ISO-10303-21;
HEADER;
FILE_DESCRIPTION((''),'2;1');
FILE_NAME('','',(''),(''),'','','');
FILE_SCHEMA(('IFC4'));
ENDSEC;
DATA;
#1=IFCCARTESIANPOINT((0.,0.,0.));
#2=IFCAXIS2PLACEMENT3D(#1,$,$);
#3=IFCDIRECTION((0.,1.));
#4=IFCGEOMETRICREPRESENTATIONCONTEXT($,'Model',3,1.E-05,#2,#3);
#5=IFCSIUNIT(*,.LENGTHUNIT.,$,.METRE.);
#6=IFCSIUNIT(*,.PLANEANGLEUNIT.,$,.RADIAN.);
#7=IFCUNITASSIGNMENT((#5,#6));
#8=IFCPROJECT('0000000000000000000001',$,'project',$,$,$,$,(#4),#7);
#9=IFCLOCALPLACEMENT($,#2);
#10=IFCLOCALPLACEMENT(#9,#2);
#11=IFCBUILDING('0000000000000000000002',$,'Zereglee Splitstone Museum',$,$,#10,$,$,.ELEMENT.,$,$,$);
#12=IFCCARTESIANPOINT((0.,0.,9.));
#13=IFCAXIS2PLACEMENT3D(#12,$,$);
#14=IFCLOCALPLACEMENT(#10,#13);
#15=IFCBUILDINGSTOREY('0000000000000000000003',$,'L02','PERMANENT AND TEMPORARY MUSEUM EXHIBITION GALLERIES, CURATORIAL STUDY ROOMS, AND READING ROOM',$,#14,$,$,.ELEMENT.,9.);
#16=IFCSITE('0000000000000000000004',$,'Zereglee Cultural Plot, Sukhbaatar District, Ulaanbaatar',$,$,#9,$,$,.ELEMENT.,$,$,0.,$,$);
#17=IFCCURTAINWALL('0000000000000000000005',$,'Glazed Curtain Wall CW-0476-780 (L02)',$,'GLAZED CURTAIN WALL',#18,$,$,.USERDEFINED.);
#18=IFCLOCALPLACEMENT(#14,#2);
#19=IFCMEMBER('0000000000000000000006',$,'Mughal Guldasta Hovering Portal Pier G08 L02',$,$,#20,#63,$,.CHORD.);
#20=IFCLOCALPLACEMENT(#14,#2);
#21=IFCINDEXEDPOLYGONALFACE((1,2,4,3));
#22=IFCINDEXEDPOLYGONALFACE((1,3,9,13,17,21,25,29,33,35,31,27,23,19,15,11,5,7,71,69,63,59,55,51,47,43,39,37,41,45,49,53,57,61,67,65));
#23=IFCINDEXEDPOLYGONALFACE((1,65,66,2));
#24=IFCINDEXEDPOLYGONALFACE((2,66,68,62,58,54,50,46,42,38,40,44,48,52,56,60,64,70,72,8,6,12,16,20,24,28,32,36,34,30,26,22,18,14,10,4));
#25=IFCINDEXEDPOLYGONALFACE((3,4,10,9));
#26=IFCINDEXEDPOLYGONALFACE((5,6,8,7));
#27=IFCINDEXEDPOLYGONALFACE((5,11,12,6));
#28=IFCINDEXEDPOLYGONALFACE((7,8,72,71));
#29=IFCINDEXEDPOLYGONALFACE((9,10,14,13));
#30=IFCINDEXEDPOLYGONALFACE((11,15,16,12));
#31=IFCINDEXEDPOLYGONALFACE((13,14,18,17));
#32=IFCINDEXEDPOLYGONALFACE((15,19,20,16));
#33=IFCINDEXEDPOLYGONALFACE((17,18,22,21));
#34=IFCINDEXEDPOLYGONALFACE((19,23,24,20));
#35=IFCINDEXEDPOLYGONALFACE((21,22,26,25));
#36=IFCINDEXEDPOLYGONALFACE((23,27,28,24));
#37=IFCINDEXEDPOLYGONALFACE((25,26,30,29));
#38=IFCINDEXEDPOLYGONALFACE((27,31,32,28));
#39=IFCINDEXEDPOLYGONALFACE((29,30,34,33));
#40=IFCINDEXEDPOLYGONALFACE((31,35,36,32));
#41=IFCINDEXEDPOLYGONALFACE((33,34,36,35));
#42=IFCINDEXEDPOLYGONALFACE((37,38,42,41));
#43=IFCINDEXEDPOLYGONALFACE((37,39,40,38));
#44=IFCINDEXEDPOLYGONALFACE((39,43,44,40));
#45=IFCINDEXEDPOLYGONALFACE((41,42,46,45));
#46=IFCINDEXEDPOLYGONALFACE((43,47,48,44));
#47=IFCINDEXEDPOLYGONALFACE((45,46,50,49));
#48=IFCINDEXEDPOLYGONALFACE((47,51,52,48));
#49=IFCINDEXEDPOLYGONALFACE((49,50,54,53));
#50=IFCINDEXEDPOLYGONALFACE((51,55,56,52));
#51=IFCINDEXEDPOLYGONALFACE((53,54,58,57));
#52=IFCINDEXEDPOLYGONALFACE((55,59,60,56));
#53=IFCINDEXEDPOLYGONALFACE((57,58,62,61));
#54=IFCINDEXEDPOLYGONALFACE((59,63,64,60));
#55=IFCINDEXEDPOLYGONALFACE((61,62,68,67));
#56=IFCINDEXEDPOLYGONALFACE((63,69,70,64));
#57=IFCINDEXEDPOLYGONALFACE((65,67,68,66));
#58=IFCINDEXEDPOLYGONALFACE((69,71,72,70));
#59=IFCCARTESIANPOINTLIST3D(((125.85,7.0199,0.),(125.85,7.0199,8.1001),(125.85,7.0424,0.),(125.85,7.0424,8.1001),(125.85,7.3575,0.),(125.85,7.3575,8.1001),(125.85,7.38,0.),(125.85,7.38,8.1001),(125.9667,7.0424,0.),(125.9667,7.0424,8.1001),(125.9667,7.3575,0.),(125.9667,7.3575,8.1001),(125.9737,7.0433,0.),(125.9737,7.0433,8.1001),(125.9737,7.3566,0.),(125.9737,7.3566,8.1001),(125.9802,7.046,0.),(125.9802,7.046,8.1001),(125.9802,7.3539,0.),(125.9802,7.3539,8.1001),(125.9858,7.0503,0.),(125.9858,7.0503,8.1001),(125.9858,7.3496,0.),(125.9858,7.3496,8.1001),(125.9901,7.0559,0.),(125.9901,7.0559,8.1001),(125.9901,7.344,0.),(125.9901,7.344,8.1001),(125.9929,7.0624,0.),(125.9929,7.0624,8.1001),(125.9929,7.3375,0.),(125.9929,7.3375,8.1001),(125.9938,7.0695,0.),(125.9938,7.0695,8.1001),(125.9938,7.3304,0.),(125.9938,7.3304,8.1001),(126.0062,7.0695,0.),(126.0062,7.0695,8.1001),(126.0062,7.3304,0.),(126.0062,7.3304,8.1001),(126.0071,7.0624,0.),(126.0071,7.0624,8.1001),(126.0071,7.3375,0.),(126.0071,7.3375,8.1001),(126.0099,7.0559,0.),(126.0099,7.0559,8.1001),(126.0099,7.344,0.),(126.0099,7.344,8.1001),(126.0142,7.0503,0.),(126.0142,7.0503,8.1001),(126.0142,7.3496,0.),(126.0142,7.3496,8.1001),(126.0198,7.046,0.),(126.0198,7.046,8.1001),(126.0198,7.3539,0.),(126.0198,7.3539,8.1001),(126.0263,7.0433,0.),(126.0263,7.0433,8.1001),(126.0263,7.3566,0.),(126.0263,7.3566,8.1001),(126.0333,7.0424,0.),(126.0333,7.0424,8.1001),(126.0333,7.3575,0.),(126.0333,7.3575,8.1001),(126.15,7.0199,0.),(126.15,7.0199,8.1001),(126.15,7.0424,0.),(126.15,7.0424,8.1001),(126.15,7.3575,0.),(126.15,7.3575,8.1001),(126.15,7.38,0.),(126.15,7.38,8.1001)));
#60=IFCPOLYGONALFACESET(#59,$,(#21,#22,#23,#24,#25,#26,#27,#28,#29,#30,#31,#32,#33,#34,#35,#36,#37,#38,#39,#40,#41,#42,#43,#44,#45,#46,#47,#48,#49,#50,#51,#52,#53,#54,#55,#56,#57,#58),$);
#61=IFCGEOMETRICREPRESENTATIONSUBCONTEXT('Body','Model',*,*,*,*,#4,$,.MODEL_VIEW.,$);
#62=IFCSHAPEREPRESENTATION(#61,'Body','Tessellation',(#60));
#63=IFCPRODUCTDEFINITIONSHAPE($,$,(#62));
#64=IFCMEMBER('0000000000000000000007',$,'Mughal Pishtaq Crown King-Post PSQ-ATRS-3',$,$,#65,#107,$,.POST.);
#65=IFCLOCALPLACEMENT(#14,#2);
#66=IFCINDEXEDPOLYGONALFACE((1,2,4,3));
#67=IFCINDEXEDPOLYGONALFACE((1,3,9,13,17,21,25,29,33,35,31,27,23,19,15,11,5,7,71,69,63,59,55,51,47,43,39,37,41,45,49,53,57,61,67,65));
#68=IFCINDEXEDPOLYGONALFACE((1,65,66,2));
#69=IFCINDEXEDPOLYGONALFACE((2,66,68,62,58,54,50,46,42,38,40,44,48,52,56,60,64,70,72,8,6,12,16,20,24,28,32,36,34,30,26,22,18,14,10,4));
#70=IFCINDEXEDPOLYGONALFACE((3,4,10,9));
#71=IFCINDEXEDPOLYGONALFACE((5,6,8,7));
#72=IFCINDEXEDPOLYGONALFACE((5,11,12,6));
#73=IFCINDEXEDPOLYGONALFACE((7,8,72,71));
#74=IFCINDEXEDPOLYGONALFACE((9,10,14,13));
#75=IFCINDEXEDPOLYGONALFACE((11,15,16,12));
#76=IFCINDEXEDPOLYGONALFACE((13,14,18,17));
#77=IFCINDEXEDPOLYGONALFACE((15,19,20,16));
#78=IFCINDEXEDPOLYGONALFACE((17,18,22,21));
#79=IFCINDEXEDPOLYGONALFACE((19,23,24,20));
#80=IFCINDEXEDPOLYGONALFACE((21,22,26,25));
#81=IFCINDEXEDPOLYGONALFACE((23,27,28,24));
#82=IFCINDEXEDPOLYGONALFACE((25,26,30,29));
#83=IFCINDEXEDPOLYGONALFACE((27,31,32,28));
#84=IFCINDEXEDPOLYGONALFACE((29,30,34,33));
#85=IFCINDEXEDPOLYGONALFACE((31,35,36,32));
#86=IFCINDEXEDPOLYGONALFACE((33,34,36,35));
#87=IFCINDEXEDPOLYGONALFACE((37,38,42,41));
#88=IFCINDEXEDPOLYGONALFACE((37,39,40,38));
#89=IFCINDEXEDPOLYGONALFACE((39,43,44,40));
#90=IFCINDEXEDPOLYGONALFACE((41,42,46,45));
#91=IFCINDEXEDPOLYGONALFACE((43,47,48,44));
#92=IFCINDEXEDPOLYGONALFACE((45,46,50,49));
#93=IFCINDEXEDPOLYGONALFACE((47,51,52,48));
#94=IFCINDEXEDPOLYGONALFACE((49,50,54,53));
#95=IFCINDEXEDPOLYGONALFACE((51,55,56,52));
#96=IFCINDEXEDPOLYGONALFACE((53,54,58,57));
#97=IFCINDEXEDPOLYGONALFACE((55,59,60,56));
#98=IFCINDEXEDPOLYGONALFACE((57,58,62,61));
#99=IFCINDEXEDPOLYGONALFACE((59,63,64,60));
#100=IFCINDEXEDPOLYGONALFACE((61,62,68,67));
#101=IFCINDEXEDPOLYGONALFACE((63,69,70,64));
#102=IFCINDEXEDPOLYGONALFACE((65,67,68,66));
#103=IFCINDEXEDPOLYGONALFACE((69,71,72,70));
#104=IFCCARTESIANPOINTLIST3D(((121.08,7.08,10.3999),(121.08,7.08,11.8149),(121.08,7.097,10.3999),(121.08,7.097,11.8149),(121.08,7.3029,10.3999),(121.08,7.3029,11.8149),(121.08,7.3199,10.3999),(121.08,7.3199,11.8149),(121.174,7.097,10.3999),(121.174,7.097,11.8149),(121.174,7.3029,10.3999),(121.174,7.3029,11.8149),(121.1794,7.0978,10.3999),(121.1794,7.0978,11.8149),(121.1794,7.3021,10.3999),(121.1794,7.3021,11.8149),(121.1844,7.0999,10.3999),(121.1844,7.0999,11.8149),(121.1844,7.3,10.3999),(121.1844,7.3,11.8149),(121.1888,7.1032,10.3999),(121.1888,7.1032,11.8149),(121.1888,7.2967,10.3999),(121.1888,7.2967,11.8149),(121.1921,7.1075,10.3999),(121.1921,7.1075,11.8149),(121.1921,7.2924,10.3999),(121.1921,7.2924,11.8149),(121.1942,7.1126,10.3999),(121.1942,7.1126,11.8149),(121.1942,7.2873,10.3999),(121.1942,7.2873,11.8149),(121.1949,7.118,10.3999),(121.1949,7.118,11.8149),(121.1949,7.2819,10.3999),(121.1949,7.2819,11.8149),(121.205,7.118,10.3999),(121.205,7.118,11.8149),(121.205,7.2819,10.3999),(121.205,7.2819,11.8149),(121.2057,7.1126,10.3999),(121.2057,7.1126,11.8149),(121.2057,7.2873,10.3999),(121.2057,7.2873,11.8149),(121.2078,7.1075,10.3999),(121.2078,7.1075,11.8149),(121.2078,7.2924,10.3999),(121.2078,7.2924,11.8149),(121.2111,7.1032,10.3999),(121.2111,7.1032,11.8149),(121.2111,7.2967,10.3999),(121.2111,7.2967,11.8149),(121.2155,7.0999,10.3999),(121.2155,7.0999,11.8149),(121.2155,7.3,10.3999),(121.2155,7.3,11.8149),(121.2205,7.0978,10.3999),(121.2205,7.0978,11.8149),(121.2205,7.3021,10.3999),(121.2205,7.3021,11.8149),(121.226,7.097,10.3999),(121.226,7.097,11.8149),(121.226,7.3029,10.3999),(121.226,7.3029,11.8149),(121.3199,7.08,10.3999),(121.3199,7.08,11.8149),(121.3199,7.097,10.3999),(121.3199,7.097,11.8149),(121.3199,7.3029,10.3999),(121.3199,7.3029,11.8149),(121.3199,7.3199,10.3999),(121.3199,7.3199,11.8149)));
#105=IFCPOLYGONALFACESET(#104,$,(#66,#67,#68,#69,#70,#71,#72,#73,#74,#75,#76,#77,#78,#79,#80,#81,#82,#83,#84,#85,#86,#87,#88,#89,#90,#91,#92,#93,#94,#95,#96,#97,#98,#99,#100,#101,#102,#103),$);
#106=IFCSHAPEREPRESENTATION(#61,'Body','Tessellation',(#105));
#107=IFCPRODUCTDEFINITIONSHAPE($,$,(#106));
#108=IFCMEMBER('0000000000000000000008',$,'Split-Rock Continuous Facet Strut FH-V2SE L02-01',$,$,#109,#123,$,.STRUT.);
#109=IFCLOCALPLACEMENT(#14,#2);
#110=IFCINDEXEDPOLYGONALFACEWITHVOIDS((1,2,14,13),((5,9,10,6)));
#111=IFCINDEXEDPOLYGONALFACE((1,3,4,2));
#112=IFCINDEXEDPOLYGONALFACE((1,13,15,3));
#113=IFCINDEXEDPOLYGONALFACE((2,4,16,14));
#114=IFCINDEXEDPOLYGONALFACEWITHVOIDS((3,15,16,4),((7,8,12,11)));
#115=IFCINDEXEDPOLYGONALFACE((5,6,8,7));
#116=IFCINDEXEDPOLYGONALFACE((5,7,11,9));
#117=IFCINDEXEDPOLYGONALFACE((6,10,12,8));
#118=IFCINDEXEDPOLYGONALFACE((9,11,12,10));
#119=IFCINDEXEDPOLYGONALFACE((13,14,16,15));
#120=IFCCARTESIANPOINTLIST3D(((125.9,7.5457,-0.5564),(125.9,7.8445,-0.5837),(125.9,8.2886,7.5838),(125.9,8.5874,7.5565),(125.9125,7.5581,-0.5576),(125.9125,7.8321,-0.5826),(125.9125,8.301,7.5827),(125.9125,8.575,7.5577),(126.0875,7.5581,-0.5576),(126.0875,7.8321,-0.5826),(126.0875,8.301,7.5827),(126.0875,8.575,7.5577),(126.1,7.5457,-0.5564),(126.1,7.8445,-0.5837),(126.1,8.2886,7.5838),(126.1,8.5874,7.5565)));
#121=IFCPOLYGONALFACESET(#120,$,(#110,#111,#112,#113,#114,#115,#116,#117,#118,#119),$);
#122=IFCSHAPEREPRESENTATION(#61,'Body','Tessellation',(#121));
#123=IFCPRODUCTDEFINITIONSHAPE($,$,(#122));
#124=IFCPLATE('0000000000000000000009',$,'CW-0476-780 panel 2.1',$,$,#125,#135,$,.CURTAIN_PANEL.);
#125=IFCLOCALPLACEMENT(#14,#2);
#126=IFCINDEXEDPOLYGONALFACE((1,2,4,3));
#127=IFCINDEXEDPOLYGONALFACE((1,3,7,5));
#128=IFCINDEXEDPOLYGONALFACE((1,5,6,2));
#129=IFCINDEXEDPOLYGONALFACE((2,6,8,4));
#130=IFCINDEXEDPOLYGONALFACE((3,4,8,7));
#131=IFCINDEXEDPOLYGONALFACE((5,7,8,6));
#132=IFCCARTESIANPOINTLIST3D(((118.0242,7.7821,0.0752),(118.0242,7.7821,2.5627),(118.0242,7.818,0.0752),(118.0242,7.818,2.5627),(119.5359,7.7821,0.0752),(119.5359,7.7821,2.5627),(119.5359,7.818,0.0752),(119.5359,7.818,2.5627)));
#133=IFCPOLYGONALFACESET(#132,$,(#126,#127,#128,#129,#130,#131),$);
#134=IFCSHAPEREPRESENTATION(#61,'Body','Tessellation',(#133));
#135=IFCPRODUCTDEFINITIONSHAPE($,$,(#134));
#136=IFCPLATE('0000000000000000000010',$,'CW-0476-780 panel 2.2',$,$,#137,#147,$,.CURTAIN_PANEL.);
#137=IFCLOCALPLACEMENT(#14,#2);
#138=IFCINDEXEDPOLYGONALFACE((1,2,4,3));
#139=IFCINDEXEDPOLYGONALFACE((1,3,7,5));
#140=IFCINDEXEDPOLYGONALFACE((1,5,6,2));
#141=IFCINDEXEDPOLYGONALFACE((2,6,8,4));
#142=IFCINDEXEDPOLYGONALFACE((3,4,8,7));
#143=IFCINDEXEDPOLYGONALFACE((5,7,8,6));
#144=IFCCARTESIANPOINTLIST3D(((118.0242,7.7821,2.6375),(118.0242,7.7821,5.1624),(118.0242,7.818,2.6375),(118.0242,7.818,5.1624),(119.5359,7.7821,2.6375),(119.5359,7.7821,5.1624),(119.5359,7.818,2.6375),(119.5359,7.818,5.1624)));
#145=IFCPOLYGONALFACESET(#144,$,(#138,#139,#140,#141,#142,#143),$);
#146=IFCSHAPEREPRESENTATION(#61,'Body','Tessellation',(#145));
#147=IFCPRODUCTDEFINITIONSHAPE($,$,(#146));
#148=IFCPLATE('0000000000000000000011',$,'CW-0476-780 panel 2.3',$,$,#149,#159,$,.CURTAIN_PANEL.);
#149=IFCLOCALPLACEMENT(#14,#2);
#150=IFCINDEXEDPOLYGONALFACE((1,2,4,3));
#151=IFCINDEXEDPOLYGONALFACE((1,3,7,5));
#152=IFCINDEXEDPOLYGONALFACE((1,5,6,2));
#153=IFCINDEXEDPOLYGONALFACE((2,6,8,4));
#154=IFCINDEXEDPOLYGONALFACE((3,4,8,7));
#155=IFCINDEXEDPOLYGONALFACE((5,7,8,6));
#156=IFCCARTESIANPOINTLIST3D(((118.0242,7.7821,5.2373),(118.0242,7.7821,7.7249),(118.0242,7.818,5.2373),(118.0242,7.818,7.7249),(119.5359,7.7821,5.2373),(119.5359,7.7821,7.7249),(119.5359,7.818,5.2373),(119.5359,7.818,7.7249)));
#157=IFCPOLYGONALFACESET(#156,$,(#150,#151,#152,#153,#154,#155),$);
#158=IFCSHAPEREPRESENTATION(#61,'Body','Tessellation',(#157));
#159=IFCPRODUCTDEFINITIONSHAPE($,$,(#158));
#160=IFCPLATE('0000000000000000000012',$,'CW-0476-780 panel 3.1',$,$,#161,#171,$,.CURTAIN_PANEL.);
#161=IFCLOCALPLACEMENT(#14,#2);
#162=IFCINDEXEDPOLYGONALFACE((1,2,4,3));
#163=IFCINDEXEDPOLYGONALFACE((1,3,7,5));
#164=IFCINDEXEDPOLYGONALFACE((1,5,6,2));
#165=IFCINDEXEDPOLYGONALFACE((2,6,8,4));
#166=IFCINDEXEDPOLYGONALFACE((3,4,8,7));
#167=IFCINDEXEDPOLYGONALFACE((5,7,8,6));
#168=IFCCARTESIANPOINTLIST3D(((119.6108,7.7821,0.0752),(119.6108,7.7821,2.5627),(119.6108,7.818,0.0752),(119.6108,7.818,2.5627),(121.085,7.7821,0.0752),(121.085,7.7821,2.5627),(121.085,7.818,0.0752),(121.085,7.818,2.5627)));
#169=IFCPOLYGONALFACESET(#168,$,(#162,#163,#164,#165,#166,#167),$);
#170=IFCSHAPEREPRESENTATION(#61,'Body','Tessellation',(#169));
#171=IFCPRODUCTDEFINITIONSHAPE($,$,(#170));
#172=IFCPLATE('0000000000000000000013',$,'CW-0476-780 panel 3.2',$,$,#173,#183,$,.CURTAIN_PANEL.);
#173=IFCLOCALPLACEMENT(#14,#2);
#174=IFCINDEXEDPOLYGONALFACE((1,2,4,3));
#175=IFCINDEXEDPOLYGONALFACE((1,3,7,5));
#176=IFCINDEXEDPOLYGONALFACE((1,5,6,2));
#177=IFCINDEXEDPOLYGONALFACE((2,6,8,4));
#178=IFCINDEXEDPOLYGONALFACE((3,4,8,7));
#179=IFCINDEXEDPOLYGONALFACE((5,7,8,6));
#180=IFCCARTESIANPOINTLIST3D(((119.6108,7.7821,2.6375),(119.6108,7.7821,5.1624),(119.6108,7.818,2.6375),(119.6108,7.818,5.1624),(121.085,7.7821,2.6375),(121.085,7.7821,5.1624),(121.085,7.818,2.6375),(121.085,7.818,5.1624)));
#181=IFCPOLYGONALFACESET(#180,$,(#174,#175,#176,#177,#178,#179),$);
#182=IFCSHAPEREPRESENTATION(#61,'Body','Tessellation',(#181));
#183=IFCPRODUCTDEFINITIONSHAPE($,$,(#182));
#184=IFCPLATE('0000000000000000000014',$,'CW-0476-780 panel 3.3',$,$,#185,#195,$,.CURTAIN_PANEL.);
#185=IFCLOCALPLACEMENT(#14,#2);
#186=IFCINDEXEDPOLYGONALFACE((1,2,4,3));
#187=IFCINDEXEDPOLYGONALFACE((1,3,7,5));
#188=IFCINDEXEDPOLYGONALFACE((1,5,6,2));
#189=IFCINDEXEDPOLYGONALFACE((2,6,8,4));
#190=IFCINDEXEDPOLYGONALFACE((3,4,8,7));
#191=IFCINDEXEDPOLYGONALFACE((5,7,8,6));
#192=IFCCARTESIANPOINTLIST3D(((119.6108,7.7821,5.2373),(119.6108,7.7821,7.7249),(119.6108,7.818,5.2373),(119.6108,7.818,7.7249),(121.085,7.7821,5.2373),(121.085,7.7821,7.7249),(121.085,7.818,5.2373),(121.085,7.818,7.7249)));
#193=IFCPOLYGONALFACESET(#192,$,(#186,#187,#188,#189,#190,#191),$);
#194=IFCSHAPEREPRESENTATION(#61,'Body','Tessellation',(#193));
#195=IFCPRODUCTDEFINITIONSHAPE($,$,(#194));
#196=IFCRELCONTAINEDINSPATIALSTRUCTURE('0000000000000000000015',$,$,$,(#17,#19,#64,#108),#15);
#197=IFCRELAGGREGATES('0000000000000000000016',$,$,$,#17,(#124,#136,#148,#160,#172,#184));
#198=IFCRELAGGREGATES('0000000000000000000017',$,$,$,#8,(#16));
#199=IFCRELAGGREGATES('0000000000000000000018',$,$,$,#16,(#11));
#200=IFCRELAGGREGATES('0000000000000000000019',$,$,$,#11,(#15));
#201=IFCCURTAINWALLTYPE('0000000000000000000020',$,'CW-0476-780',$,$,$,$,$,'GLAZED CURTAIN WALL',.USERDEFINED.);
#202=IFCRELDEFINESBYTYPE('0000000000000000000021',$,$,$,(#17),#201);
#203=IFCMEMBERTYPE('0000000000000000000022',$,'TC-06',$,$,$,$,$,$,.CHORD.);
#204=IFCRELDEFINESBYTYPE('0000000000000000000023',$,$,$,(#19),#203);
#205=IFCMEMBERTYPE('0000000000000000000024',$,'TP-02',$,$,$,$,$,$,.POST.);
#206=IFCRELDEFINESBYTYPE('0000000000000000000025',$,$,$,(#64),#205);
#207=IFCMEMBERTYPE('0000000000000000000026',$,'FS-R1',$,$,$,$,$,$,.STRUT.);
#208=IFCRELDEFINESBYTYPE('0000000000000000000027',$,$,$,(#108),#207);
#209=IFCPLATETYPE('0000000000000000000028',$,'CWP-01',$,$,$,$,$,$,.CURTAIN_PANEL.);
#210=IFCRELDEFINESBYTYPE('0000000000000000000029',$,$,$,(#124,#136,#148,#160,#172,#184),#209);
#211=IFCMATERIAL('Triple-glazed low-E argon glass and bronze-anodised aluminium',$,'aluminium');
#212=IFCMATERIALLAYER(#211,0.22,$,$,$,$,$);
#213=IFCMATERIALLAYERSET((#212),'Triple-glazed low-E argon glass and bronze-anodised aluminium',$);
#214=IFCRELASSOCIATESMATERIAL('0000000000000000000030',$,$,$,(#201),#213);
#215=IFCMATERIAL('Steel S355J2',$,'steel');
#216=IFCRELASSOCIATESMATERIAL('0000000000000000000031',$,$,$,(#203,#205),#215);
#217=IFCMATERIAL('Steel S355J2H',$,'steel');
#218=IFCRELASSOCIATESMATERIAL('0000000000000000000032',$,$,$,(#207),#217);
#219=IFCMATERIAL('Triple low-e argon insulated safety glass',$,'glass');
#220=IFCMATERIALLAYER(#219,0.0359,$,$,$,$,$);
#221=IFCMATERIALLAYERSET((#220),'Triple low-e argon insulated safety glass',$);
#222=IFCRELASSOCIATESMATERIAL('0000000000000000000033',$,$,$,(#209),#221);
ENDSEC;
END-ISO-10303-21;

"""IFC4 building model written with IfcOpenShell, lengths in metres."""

from ifc_helpers import new_model, si_unit, direction, frame, origin, origin_2d, place, context, subcontext, project, spatial, rectangle, hollow_rectangle, i_section, extrude, material, layer, layer_set, material_profile, profile_set, type_object, element, aggregate, save


model = new_model("IFC4")

# Units and contexts
model_context = context("Model", 3, precision=1e-05, world=origin(), true_north=direction((0.0, 1.0)))
body_context = subcontext(model_context, "Body", "Model", "MODEL_VIEW")
ifc_project = project(units=[si_unit("LENGTHUNIT", "METRE"), si_unit("PLANEANGLEUNIT", "RADIAN")], contexts=[model_context])

# Site, building, storey
site_placement = place(None, origin())
site = spatial("IfcSite", under=ifc_project, at=site_placement, Name="Zereglee Cultural Plot, Sukhbaatar District, Ulaanbaatar", CompositionType="ELEMENT", RefElevation=0.0)
building_placement = place(site_placement, origin())
building = spatial("IfcBuilding", under=site, at=building_placement, Name="Zereglee Splitstone Museum", CompositionType="ELEMENT")
storey_placement = place(building_placement, frame((0.0, 0.0, 9.0)))
storey = spatial("IfcBuildingStorey", under=building, at=storey_placement, Name="L02", Description="PERMANENT AND TEMPORARY MUSEUM EXHIBITION GALLERIES, CURATORIAL STUDY ROOMS, AND READING ROOM", CompositionType="ELEMENT", Elevation=9.0)

# Curtain wall
ifc_material_1 = material(Name="Triple-glazed low-E argon glass and bronze-anodised aluminium", Category="aluminium")
ifc_layer_1 = layer(ifc_material_1, 0.22)
ifc_layer_set_1 = layer_set([ifc_layer_1], Name="Triple-glazed low-E argon glass and bronze-anodised aluminium")
curtain_wall_type_1 = type_object("IfcCurtainWallType", Name="CW-0476-780", ElementType="GLAZED CURTAIN WALL", PredefinedType="USERDEFINED", material=ifc_layer_set_1)
curtain_wall_1_placement = place(storey_placement, origin())
curtain_wall_1 = element("IfcCurtainWall", 1, at=curtain_wall_1_placement, inside=storey, type_object=curtain_wall_type_1, Name="Glazed Curtain Wall CW-0476-780 (L02)", ObjectType="GLAZED CURTAIN WALL", PredefinedType="USERDEFINED")

# Members
ifc_material_2 = material(Name="Steel S355J2", Category="steel")
ifc_material_profile_1 = material_profile(ifc_material_2, i_section(OverallWidth=0.3, OverallDepth=0.3601, WebThickness=0.0125, FlangeThickness=0.0225, FilletRadius=0.0271, at=origin_2d()), Name="HE 360 B")
ifc_profile_set_1 = profile_set([ifc_material_profile_1], Name="Steel S355J2")
member_type_1 = type_object("IfcMemberType", Name="TC-06", PredefinedType="CHORD", material=ifc_profile_set_1)
member_1_placement = place(storey_placement, frame((126.0, 7.2, 0.0), z_axis=(0.0, 0.0, 1.0), x_axis=(1.0, 0.0, 0.0)))
element("IfcMember", 2, at=member_1_placement, inside=storey, type_object=member_type_1, Name="Mughal Guldasta Hovering Portal Pier G08 L02", PredefinedType="CHORD", context=body_context, shape_type="SweptSolid", body=[
    extrude(i_section(OverallWidth=0.3, OverallDepth=0.3601, WebThickness=0.0125, FlangeThickness=0.0225, FilletRadius=0.0271, at=origin_2d()), origin(), (0.0, 0.0, 1.0), 8.1001),
])
ifc_material_profile_2 = material_profile(ifc_material_2, i_section(OverallWidth=0.24, OverallDepth=0.24, WebThickness=0.01, FlangeThickness=0.0171, FilletRadius=0.021, at=origin_2d()), Name="HE 240 B")
ifc_profile_set_2 = profile_set([ifc_material_profile_2], Name="Steel S355J2")
member_type_2 = type_object("IfcMemberType", Name="TP-02", PredefinedType="POST", material=ifc_profile_set_2)
member_2_placement = place(storey_placement, frame((121.2, 7.2, 10.3999), z_axis=(0.0, 0.0, 1.0), x_axis=(1.0, 0.0, 0.0)))
element("IfcMember", 3, at=member_2_placement, inside=storey, type_object=member_type_2, Name="Mughal Pishtaq Crown King-Post PSQ-ATRS-3", PredefinedType="POST", context=body_context, shape_type="SweptSolid", body=[
    extrude(i_section(OverallWidth=0.24, OverallDepth=0.24, WebThickness=0.01, FlangeThickness=0.0171, FilletRadius=0.021, at=origin_2d()), origin(), (0.0, 0.0, 1.0), 1.415),
])
ifc_material_3 = material(Name="Steel S355J2H", Category="steel")
ifc_material_profile_3 = material_profile(ifc_material_3, hollow_rectangle(XDim=0.2, YDim=0.3, WallThickness=0.0125, at=origin_2d()), Name="RHS 300x200x12.5")
ifc_profile_set_3 = profile_set([ifc_material_profile_3], Name="Steel S355J2H")
member_type_3 = type_object("IfcMemberType", Name="FS-R1", PredefinedType="STRUT", material=ifc_profile_set_3)
member_3_placement = place(storey_placement, frame((126.0, 7.6951, -0.5701), z_axis=(0.0, 0.090889, 0.995861), x_axis=(-1.0, 0.0, 0.0)))
element("IfcMember", 4, at=member_3_placement, inside=storey, type_object=member_type_3, Name="Split-Rock Continuous Facet Strut FH-V2SE L02-01", PredefinedType="STRUT", context=body_context, shape_type="SweptSolid", body=[
    extrude(hollow_rectangle(XDim=0.2, YDim=0.3, WallThickness=0.0125, at=origin_2d()), origin(), (0.0, 0.0, 1.0), 8.1741),
])

# Plates
ifc_material_4 = material(Name="Triple low-e argon insulated safety glass", Category="glass")
ifc_layer_2 = layer(ifc_material_4, 0.0359)
ifc_layer_set_2 = layer_set([ifc_layer_2], Name="Triple low-e argon insulated safety glass")
plate_type = type_object("IfcPlateType", Name="CWP-01", PredefinedType="CURTAIN_PANEL", material=ifc_layer_set_2)
plate_1_placement = place(storey_placement, frame((118.78, 7.8, 0.0752), z_axis=(0.0, 0.0, 1.0), x_axis=(1.0, 0.0, 0.0)))
plate_1 = element("IfcPlate", 5, at=plate_1_placement, type_object=plate_type, Name="CW-0476-780 panel 2.1", PredefinedType="CURTAIN_PANEL", context=body_context, shape_type="SweptSolid", body=[
    extrude(rectangle(XDim=1.5117, YDim=0.0359, at=origin_2d()), origin(), (0.0, 0.0, 1.0), 2.4875),
])
plate_2_placement = place(storey_placement, frame((118.78, 7.8, 2.6375), z_axis=(0.0, 0.0, 1.0), x_axis=(1.0, 0.0, 0.0)))
plate_2 = element("IfcPlate", 6, at=plate_2_placement, type_object=plate_type, Name="CW-0476-780 panel 2.2", PredefinedType="CURTAIN_PANEL", context=body_context, shape_type="SweptSolid", body=[
    extrude(rectangle(XDim=1.5117, YDim=0.0359, at=origin_2d()), origin(), (0.0, 0.0, 1.0), 2.5249),
])
plate_3_placement = place(storey_placement, frame((118.78, 7.8, 5.2373), z_axis=(0.0, 0.0, 1.0), x_axis=(1.0, 0.0, 0.0)))
plate_3 = element("IfcPlate", 7, at=plate_3_placement, type_object=plate_type, Name="CW-0476-780 panel 2.3", PredefinedType="CURTAIN_PANEL", context=body_context, shape_type="SweptSolid", body=[
    extrude(rectangle(XDim=1.5117, YDim=0.0359, at=origin_2d()), origin(), (0.0, 0.0, 1.0), 2.4875),
])
plate_4_placement = place(storey_placement, frame((120.3479, 7.8, 0.0752), z_axis=(0.0, 0.0, 1.0), x_axis=(1.0, 0.0, 0.0)))
plate_4 = element("IfcPlate", 8, at=plate_4_placement, type_object=plate_type, Name="CW-0476-780 panel 3.1", PredefinedType="CURTAIN_PANEL", context=body_context, shape_type="SweptSolid", body=[
    extrude(rectangle(XDim=1.4741, YDim=0.0359, at=origin_2d()), origin(), (0.0, 0.0, 1.0), 2.4875),
])
plate_5_placement = place(storey_placement, frame((120.3479, 7.8, 2.6375), z_axis=(0.0, 0.0, 1.0), x_axis=(1.0, 0.0, 0.0)))
plate_5 = element("IfcPlate", 9, at=plate_5_placement, type_object=plate_type, Name="CW-0476-780 panel 3.2", PredefinedType="CURTAIN_PANEL", context=body_context, shape_type="SweptSolid", body=[
    extrude(rectangle(XDim=1.4741, YDim=0.0359, at=origin_2d()), origin(), (0.0, 0.0, 1.0), 2.5249),
])
plate_6_placement = place(storey_placement, frame((120.3479, 7.8, 5.2373), z_axis=(0.0, 0.0, 1.0), x_axis=(1.0, 0.0, 0.0)))
plate_6 = element("IfcPlate", 10, at=plate_6_placement, type_object=plate_type, Name="CW-0476-780 panel 3.3", PredefinedType="CURTAIN_PANEL", context=body_context, shape_type="SweptSolid", body=[
    extrude(rectangle(XDim=1.4741, YDim=0.0359, at=origin_2d()), origin(), (0.0, 0.0, 1.0), 2.4875),
])
aggregate(curtain_wall_1, [plate_1, plate_2, plate_3, plate_4, plate_5, plate_6])

save(model, "model.ifc")
